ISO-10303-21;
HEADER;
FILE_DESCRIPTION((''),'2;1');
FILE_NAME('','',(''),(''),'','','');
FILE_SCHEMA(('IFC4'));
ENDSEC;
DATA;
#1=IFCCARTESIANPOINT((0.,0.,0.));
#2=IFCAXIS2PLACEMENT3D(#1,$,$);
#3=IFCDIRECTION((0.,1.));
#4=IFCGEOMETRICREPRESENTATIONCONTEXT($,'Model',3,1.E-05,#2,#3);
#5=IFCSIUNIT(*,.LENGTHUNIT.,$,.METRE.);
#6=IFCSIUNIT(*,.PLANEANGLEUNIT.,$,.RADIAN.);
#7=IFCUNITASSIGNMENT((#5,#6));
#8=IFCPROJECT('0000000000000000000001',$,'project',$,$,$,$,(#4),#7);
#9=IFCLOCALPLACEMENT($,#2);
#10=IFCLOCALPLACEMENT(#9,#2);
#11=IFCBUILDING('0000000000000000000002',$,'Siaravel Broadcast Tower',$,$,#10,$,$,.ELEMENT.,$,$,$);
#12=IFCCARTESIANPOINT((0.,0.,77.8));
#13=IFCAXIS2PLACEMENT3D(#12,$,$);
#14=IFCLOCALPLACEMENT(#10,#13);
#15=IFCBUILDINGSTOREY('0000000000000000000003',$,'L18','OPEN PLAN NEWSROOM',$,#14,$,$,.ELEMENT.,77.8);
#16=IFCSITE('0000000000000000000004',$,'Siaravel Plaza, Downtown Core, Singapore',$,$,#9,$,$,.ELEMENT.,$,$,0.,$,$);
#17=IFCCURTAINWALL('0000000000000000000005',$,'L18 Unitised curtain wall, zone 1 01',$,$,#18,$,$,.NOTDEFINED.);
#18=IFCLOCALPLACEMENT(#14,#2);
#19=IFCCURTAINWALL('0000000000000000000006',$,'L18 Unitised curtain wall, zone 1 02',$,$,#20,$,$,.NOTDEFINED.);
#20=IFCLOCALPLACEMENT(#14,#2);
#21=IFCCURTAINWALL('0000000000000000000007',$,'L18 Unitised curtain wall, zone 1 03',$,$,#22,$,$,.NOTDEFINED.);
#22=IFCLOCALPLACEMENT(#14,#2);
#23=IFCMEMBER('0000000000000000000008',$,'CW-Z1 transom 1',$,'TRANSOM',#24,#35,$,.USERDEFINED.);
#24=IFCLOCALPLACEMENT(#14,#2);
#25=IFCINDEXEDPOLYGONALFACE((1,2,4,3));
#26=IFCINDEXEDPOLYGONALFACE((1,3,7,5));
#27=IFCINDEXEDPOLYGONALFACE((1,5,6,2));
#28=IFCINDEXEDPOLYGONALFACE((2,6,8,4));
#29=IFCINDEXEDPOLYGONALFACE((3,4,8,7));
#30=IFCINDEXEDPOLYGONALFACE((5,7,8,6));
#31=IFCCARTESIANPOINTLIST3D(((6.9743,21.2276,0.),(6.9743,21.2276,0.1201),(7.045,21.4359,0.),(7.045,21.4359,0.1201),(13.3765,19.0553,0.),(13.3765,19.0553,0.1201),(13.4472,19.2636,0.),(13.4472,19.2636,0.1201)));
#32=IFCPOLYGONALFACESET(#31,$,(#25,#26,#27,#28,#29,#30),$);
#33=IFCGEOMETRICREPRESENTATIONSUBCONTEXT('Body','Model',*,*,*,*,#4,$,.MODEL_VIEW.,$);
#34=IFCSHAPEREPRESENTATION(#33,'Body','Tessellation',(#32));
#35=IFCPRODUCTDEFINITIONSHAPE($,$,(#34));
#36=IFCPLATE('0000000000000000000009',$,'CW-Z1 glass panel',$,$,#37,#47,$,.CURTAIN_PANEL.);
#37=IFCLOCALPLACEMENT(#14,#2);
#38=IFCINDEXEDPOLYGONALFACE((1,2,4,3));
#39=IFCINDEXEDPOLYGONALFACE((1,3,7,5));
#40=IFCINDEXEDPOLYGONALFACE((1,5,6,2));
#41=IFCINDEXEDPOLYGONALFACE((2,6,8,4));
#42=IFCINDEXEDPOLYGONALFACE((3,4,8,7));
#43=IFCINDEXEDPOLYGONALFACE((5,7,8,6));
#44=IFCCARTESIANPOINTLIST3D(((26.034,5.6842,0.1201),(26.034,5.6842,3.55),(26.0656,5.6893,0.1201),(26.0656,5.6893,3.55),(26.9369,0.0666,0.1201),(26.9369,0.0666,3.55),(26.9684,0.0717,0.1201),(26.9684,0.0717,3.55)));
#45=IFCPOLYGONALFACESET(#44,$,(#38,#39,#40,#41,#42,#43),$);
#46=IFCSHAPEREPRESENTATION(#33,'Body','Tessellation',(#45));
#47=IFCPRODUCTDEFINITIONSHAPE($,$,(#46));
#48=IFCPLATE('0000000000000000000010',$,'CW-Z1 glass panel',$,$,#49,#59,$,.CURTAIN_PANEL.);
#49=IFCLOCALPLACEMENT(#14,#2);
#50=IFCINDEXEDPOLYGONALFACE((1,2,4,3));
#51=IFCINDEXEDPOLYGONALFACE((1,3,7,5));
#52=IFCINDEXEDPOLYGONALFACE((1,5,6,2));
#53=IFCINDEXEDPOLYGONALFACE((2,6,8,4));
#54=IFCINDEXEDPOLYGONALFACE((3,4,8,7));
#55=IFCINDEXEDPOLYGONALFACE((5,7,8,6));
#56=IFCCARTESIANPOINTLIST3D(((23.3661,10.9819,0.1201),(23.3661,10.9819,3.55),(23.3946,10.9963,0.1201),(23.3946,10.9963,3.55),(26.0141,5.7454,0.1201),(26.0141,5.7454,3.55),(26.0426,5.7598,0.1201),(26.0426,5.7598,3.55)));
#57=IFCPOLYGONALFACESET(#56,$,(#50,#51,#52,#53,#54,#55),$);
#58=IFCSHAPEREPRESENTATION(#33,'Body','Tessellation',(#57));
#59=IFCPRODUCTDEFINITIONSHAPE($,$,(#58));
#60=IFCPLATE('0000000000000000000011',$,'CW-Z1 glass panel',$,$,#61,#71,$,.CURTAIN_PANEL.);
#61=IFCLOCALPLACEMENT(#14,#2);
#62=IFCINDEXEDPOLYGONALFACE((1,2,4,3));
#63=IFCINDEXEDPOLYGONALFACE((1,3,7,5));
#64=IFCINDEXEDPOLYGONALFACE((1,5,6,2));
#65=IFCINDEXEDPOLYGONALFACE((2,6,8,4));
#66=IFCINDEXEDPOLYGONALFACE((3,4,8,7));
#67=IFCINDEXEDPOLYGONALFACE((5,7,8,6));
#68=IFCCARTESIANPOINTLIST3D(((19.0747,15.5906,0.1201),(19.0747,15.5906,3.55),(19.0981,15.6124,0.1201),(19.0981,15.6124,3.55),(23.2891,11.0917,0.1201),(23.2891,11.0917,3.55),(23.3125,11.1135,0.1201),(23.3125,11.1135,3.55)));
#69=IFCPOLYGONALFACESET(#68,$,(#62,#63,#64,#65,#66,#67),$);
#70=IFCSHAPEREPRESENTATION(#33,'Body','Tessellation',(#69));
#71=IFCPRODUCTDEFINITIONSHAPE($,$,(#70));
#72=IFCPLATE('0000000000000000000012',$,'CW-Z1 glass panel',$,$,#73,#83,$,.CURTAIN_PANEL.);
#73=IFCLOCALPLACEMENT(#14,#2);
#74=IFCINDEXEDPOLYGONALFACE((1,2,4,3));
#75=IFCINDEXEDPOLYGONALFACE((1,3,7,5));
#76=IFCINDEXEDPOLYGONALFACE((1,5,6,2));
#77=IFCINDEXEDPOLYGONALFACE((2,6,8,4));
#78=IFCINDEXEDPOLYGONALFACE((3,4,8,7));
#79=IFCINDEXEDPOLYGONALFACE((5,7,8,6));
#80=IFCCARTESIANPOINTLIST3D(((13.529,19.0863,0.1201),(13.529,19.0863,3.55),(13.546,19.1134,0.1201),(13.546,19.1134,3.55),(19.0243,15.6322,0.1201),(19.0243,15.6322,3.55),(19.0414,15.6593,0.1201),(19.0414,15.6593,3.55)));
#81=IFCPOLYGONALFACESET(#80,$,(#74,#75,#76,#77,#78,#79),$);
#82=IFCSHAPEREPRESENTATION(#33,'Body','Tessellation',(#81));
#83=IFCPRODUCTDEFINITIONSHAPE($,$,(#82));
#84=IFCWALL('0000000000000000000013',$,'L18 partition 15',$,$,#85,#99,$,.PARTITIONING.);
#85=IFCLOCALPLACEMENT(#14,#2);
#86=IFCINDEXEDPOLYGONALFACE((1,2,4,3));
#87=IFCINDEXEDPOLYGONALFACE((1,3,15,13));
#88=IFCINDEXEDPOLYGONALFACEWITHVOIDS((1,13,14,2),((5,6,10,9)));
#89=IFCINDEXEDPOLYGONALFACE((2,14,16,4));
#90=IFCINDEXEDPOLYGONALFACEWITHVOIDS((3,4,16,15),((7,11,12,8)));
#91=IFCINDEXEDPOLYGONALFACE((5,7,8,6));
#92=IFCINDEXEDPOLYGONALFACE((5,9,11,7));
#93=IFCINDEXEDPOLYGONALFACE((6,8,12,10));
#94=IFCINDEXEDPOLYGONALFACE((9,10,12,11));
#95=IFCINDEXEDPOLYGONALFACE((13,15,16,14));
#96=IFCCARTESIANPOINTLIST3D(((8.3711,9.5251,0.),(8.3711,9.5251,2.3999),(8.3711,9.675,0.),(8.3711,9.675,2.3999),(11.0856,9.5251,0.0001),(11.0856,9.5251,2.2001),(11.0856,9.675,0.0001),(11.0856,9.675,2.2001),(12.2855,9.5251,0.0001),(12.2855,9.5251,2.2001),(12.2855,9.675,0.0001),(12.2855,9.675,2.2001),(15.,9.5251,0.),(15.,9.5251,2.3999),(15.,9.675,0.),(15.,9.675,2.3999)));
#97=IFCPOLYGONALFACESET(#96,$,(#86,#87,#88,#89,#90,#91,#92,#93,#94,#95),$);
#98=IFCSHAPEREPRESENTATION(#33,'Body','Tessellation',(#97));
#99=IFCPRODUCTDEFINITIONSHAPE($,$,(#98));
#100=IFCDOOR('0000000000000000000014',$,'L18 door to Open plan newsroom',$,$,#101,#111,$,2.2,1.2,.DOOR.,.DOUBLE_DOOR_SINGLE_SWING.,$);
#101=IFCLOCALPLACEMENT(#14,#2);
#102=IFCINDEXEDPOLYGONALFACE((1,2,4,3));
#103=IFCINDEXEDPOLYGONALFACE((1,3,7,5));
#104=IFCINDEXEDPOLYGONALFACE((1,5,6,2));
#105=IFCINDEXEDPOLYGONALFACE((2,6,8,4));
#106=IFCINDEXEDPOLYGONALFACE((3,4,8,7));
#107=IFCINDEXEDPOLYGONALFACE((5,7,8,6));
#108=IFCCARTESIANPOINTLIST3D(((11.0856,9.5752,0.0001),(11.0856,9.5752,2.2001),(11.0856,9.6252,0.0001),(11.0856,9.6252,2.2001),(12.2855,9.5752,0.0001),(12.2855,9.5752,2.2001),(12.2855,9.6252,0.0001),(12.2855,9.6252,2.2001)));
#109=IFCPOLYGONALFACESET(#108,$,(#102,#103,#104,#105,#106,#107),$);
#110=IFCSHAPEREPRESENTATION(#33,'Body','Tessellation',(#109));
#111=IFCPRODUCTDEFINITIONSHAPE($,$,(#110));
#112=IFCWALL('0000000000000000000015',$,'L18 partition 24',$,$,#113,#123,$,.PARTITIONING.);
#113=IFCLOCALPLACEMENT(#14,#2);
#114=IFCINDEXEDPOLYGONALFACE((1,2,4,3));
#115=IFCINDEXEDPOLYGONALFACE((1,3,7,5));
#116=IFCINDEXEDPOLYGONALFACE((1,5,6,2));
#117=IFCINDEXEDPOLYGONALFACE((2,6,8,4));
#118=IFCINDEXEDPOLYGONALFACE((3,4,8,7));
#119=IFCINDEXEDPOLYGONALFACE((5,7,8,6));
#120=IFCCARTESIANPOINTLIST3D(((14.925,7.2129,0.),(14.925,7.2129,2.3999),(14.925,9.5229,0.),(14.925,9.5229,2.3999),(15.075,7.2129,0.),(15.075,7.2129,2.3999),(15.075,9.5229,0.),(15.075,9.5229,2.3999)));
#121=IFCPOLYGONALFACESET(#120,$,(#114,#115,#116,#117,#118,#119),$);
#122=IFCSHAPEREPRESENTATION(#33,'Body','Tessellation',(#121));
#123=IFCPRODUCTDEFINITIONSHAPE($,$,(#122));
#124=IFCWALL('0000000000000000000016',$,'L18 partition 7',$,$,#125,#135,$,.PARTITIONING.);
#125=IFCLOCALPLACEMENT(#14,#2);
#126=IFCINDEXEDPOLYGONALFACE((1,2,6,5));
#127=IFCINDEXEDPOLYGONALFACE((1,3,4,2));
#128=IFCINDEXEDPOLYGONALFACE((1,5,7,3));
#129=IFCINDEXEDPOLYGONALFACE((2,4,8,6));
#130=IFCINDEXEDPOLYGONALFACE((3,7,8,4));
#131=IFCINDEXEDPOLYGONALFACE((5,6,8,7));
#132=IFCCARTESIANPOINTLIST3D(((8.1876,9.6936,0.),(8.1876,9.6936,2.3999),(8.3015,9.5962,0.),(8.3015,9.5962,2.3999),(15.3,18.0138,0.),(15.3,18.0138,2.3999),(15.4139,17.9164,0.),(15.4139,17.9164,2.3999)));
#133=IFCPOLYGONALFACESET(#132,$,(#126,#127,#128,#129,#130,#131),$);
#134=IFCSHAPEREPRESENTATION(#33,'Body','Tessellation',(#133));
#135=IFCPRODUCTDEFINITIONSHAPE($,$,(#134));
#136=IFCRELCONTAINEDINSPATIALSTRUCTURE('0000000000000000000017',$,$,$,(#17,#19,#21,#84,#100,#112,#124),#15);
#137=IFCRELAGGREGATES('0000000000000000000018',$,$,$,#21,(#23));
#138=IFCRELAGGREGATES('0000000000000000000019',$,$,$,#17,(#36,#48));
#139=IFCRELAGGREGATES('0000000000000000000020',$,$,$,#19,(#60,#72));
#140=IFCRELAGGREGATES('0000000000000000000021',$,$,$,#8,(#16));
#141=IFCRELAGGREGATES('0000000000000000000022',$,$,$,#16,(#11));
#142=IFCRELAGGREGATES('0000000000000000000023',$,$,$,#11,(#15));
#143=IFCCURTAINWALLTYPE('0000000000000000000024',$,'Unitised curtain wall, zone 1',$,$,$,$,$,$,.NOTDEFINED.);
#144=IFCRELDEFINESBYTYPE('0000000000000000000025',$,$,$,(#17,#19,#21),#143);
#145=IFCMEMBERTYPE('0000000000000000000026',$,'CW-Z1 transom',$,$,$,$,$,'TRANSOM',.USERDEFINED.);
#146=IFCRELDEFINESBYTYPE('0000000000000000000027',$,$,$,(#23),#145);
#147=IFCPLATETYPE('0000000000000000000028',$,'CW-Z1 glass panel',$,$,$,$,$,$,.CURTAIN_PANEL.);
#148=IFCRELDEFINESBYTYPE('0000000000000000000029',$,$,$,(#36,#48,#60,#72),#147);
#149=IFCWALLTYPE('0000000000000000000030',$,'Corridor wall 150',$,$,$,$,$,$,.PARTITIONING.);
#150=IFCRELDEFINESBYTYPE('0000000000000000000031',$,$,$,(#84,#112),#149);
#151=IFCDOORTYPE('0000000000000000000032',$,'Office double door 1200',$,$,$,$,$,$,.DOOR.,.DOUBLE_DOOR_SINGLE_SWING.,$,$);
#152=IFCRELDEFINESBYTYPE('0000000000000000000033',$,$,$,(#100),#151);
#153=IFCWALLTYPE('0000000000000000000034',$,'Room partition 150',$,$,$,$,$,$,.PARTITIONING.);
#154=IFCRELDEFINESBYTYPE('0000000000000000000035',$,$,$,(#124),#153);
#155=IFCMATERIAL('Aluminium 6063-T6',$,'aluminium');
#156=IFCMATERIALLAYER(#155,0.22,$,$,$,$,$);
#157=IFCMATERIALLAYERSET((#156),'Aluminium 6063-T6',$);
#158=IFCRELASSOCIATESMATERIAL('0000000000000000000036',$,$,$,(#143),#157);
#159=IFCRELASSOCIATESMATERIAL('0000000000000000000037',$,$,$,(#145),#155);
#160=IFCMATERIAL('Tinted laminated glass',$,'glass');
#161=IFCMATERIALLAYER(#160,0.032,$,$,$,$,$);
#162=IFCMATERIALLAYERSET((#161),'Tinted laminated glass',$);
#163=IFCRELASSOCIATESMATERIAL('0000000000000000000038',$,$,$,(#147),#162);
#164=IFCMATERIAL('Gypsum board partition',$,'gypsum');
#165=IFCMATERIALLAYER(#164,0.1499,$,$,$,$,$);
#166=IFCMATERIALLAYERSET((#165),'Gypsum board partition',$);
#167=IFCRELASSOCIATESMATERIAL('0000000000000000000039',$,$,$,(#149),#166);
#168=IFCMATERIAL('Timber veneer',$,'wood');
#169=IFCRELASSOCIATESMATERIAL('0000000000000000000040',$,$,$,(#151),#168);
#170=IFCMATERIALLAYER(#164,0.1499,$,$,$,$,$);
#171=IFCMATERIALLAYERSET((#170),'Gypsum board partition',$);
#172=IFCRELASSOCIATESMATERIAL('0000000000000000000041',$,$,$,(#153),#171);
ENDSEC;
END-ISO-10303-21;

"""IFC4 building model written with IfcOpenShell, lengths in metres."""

from ifc_helpers import new_model, si_unit, direction, frame, frame_2d, origin, origin_2d, place, context, subcontext, project, spatial, rectangle, extrude, material, layer, layer_set, material_profile, profile_set, type_object, element, fill, aggregate, save


model = new_model("IFC4")

# Units and contexts
model_context = context("Model", 3, precision=1e-05, world=origin(), true_north=direction((0.0, 1.0)))
body_context = subcontext(model_context, "Body", "Model", "MODEL_VIEW")
ifc_project = project(units=[si_unit("LENGTHUNIT", "METRE"), si_unit("PLANEANGLEUNIT", "RADIAN")], contexts=[model_context])

# Site, building, storey
site_placement = place(None, origin())
site = spatial("IfcSite", under=ifc_project, at=site_placement, Name="Siaravel Plaza, Downtown Core, Singapore", CompositionType="ELEMENT", RefElevation=0.0)
building_placement = place(site_placement, origin())
building = spatial("IfcBuilding", under=site, at=building_placement, Name="Siaravel Broadcast Tower", CompositionType="ELEMENT")
storey_placement = place(building_placement, frame((0.0, 0.0, 77.8)))
storey = spatial("IfcBuildingStorey", under=building, at=storey_placement, Name="L18", Description="OPEN PLAN NEWSROOM", CompositionType="ELEMENT", Elevation=77.8)

# Curtain walls
ifc_material_1 = material(Name="Aluminium 6063-T6", Category="aluminium")
ifc_layer_1 = layer(ifc_material_1, 0.22)
ifc_layer_set_1 = layer_set([ifc_layer_1], Name="Aluminium 6063-T6")
curtain_wall_type = type_object("IfcCurtainWallType", Name="Unitised curtain wall, zone 1", PredefinedType="NOTDEFINED", material=ifc_layer_set_1)
curtain_wall_1_placement = place(storey_placement, origin())
curtain_wall_1 = element("IfcCurtainWall", 1, at=curtain_wall_1_placement, inside=storey, type_object=curtain_wall_type, Name="L18 Unitised curtain wall, zone 1 01", PredefinedType="NOTDEFINED")
curtain_wall_2_placement = place(storey_placement, origin())
curtain_wall_2 = element("IfcCurtainWall", 2, at=curtain_wall_2_placement, inside=storey, type_object=curtain_wall_type, Name="L18 Unitised curtain wall, zone 1 02", PredefinedType="NOTDEFINED")

# Curtain wall
curtain_wall_3_placement = place(storey_placement, origin())
curtain_wall_3 = element("IfcCurtainWall", 3, at=curtain_wall_3_placement, inside=storey, type_object=curtain_wall_type, Name="L18 Unitised curtain wall, zone 1 03", PredefinedType="NOTDEFINED")

# Member
ifc_material_profile_1 = material_profile(ifc_material_1, rectangle(XDim=0.22, YDim=0.1201, at=origin_2d()))
ifc_profile_set_1 = profile_set([ifc_material_profile_1], Name="Aluminium 6063-T6")
member_type_1 = type_object("IfcMemberType", Name="CW-Z1 transom", ElementType="TRANSOM", PredefinedType="USERDEFINED", material=ifc_profile_set_1)
member_1_placement = place(storey_placement, frame((13.4119, 19.1594, 0.0601), z_axis=(-0.946972, 0.321315, 0.0), x_axis=(-0.321315, -0.946972, 0.0)))
member_1 = element("IfcMember", 4, at=member_1_placement, type_object=member_type_1, Name="CW-Z1 transom 1", ObjectType="TRANSOM", PredefinedType="USERDEFINED", context=body_context, shape_type="SweptSolid", body=[
    extrude(rectangle(XDim=0.22, YDim=0.1201, at=origin_2d()), origin(), (0.0, 0.0, 1.0), 6.7607),
])
aggregate(curtain_wall_3, [member_1])

# Plates
ifc_material_2 = material(Name="Tinted laminated glass", Category="glass")
ifc_layer_2 = layer(ifc_material_2, 0.032)
ifc_layer_set_2 = layer_set([ifc_layer_2], Name="Tinted laminated glass")
plate_type = type_object("IfcPlateType", Name="CW-Z1 glass panel", PredefinedType="CURTAIN_PANEL", material=ifc_layer_set_2)
plate_1_placement = place(storey_placement, frame((26.5012, 2.8779, 0.1201), z_axis=(0.0, 0.0, 1.0), x_axis=(-0.158685, 0.987329, 0.0)))
plate_1 = element("IfcPlate", 5, at=plate_1_placement, type_object=plate_type, Name="CW-Z1 glass panel", PredefinedType="CURTAIN_PANEL", context=body_context, shape_type="SweptSolid", body=[
    extrude(rectangle(XDim=5.6897, YDim=0.032, at=origin_2d()), origin(), (0.0, 0.0, 1.0), 3.4299),
])
plate_2_placement = place(storey_placement, frame((24.7043, 8.3708, 0.1201), z_axis=(0.0, 0.0, 1.0), x_axis=(-0.451261, 0.892392, 0.0)))
plate_2 = element("IfcPlate", 6, at=plate_2_placement, type_object=plate_type, Name="CW-Z1 glass panel", PredefinedType="CURTAIN_PANEL", context=body_context, shape_type="SweptSolid", body=[
    extrude(rectangle(XDim=5.8679, YDim=0.032, at=origin_2d()), origin(), (0.0, 0.0, 1.0), 3.4299),
])
aggregate(curtain_wall_1, [plate_1, plate_2])
plate_3_placement = place(storey_placement, frame((21.1936, 13.3521, 0.1201), z_axis=(0.0, 0.0, 1.0), x_axis=(-0.683655, 0.729806, 0.0)))
plate_3 = element("IfcPlate", 7, at=plate_3_placement, type_object=plate_type, Name="CW-Z1 glass panel", PredefinedType="CURTAIN_PANEL", context=body_context, shape_type="SweptSolid", body=[
    extrude(rectangle(XDim=6.1646, YDim=0.032, at=origin_2d()), origin(), (0.0, 0.0, 1.0), 3.4299),
])
plate_4_placement = place(storey_placement, frame((16.2852, 17.3728, 0.1201), z_axis=(0.0, 0.0, 1.0), x_axis=(-0.84665, 0.53215, 0.0)))
plate_4 = element("IfcPlate", 8, at=plate_4_placement, type_object=plate_type, Name="CW-Z1 glass panel", PredefinedType="CURTAIN_PANEL", context=body_context, shape_type="SweptSolid", body=[
    extrude(rectangle(XDim=6.4907, YDim=0.032, at=origin_2d()), origin(), (0.0, 0.0, 1.0), 3.4299),
])
aggregate(curtain_wall_2, [plate_3, plate_4])

# Wall, opening, door
ifc_material_3 = material(Name="Gypsum board partition", Category="gypsum")
ifc_layer_3 = layer(ifc_material_3, 0.1499)
ifc_layer_set_3 = layer_set([ifc_layer_3], Name="Gypsum board partition")
wall_type_1 = type_object("IfcWallType", Name="Corridor wall 150", PredefinedType="PARTITIONING", material=ifc_layer_set_3)
wall_1_placement = place(storey_placement, frame((15.0, 9.6001, 0.0), z_axis=(0.0, 0.0, 1.0), x_axis=(-1.0, 0.0, 0.0)))
wall_1 = element("IfcWall", 9, at=wall_1_placement, inside=storey, type_object=wall_type_1, Name="L18 partition 15", PredefinedType="PARTITIONING", context=body_context, shape_type="SweptSolid", body=[
    extrude(rectangle(XDim=6.6289, YDim=0.1499, at=frame_2d((3.3145, 0.0))), origin(), (0.0, 0.0, 1.0), 2.3999),
])
opening_placement = place(wall_1_placement, frame((2.7144, 0.0, 0.0)))
opening = element("IfcOpeningElement", 10, at=opening_placement, cuts=wall_1, PredefinedType="OPENING", context=body_context, shape_type="SweptSolid", body=[
    extrude(rectangle(XDim=1.2, YDim=2.2, at=frame_2d((0.6001, 1.1001))), frame((0.0, 0.085, 0.0), z_axis=(0.0, -1.0, 0.0), x_axis=(1.0, 0.0, 0.0)), (0.0, 0.0, 1.0), 0.1699),
])
ifc_material_4 = material(Name="Timber veneer", Category="wood")
door_type = type_object("IfcDoorType", Name="Office double door 1200", OperationType="DOUBLE_DOOR_SINGLE_SWING", PredefinedType="DOOR", material=ifc_material_4)
door_placement = place(opening_placement, origin())
door = element("IfcDoor", 11, at=door_placement, inside=storey, type_object=door_type, Name="L18 door to Open plan newsroom", OperationType="DOUBLE_DOOR_SINGLE_SWING", OverallHeight=2.2, OverallWidth=1.2, PredefinedType="DOOR", context=body_context, shape_type="SweptSolid", body=[
    extrude(rectangle(XDim=1.2, YDim=2.2, at=frame_2d((0.6001, 1.1001))), frame((0.0, 0.0249, 0.0), z_axis=(0.0, -1.0, 0.0), x_axis=(1.0, 0.0, 0.0)), (0.0, 0.0, 1.0), 0.05),
])
fill(opening, door)

# Walls
wall_2_placement = place(storey_placement, frame((15.0, 7.2129, 0.0), z_axis=(0.0, 0.0, 1.0), x_axis=(0.0, 1.0, 0.0)))
element("IfcWall", 12, at=wall_2_placement, inside=storey, type_object=wall_type_1, Name="L18 partition 24", PredefinedType="PARTITIONING", context=body_context, shape_type="SweptSolid", body=[
    extrude(rectangle(XDim=2.3101, YDim=0.1499, at=frame_2d((1.155, 0.0))), origin(), (0.0, 0.0, 1.0), 2.3999),
])
ifc_layer_4 = layer(ifc_material_3, 0.1499)
ifc_layer_set_4 = layer_set([ifc_layer_4], Name="Gypsum board partition")
wall_type_2 = type_object("IfcWallType", Name="Room partition 150", PredefinedType="PARTITIONING", material=ifc_layer_set_4)
wall_3_placement = place(storey_placement, frame((15.3569, 17.9651, 0.0), z_axis=(0.0, 0.0, 1.0), x_axis=(-0.649781, -0.760122, 0.0)))
element("IfcWall", 13, at=wall_3_placement, inside=storey, type_object=wall_type_2, Name="L18 partition 7", PredefinedType="PARTITIONING", context=body_context, shape_type="SweptSolid", body=[
    extrude(rectangle(XDim=10.9458, YDim=0.1499, at=frame_2d((5.4729, 0.0))), origin(), (0.0, 0.0, 1.0), 2.3999),
])

save(model, "model.ifc")
